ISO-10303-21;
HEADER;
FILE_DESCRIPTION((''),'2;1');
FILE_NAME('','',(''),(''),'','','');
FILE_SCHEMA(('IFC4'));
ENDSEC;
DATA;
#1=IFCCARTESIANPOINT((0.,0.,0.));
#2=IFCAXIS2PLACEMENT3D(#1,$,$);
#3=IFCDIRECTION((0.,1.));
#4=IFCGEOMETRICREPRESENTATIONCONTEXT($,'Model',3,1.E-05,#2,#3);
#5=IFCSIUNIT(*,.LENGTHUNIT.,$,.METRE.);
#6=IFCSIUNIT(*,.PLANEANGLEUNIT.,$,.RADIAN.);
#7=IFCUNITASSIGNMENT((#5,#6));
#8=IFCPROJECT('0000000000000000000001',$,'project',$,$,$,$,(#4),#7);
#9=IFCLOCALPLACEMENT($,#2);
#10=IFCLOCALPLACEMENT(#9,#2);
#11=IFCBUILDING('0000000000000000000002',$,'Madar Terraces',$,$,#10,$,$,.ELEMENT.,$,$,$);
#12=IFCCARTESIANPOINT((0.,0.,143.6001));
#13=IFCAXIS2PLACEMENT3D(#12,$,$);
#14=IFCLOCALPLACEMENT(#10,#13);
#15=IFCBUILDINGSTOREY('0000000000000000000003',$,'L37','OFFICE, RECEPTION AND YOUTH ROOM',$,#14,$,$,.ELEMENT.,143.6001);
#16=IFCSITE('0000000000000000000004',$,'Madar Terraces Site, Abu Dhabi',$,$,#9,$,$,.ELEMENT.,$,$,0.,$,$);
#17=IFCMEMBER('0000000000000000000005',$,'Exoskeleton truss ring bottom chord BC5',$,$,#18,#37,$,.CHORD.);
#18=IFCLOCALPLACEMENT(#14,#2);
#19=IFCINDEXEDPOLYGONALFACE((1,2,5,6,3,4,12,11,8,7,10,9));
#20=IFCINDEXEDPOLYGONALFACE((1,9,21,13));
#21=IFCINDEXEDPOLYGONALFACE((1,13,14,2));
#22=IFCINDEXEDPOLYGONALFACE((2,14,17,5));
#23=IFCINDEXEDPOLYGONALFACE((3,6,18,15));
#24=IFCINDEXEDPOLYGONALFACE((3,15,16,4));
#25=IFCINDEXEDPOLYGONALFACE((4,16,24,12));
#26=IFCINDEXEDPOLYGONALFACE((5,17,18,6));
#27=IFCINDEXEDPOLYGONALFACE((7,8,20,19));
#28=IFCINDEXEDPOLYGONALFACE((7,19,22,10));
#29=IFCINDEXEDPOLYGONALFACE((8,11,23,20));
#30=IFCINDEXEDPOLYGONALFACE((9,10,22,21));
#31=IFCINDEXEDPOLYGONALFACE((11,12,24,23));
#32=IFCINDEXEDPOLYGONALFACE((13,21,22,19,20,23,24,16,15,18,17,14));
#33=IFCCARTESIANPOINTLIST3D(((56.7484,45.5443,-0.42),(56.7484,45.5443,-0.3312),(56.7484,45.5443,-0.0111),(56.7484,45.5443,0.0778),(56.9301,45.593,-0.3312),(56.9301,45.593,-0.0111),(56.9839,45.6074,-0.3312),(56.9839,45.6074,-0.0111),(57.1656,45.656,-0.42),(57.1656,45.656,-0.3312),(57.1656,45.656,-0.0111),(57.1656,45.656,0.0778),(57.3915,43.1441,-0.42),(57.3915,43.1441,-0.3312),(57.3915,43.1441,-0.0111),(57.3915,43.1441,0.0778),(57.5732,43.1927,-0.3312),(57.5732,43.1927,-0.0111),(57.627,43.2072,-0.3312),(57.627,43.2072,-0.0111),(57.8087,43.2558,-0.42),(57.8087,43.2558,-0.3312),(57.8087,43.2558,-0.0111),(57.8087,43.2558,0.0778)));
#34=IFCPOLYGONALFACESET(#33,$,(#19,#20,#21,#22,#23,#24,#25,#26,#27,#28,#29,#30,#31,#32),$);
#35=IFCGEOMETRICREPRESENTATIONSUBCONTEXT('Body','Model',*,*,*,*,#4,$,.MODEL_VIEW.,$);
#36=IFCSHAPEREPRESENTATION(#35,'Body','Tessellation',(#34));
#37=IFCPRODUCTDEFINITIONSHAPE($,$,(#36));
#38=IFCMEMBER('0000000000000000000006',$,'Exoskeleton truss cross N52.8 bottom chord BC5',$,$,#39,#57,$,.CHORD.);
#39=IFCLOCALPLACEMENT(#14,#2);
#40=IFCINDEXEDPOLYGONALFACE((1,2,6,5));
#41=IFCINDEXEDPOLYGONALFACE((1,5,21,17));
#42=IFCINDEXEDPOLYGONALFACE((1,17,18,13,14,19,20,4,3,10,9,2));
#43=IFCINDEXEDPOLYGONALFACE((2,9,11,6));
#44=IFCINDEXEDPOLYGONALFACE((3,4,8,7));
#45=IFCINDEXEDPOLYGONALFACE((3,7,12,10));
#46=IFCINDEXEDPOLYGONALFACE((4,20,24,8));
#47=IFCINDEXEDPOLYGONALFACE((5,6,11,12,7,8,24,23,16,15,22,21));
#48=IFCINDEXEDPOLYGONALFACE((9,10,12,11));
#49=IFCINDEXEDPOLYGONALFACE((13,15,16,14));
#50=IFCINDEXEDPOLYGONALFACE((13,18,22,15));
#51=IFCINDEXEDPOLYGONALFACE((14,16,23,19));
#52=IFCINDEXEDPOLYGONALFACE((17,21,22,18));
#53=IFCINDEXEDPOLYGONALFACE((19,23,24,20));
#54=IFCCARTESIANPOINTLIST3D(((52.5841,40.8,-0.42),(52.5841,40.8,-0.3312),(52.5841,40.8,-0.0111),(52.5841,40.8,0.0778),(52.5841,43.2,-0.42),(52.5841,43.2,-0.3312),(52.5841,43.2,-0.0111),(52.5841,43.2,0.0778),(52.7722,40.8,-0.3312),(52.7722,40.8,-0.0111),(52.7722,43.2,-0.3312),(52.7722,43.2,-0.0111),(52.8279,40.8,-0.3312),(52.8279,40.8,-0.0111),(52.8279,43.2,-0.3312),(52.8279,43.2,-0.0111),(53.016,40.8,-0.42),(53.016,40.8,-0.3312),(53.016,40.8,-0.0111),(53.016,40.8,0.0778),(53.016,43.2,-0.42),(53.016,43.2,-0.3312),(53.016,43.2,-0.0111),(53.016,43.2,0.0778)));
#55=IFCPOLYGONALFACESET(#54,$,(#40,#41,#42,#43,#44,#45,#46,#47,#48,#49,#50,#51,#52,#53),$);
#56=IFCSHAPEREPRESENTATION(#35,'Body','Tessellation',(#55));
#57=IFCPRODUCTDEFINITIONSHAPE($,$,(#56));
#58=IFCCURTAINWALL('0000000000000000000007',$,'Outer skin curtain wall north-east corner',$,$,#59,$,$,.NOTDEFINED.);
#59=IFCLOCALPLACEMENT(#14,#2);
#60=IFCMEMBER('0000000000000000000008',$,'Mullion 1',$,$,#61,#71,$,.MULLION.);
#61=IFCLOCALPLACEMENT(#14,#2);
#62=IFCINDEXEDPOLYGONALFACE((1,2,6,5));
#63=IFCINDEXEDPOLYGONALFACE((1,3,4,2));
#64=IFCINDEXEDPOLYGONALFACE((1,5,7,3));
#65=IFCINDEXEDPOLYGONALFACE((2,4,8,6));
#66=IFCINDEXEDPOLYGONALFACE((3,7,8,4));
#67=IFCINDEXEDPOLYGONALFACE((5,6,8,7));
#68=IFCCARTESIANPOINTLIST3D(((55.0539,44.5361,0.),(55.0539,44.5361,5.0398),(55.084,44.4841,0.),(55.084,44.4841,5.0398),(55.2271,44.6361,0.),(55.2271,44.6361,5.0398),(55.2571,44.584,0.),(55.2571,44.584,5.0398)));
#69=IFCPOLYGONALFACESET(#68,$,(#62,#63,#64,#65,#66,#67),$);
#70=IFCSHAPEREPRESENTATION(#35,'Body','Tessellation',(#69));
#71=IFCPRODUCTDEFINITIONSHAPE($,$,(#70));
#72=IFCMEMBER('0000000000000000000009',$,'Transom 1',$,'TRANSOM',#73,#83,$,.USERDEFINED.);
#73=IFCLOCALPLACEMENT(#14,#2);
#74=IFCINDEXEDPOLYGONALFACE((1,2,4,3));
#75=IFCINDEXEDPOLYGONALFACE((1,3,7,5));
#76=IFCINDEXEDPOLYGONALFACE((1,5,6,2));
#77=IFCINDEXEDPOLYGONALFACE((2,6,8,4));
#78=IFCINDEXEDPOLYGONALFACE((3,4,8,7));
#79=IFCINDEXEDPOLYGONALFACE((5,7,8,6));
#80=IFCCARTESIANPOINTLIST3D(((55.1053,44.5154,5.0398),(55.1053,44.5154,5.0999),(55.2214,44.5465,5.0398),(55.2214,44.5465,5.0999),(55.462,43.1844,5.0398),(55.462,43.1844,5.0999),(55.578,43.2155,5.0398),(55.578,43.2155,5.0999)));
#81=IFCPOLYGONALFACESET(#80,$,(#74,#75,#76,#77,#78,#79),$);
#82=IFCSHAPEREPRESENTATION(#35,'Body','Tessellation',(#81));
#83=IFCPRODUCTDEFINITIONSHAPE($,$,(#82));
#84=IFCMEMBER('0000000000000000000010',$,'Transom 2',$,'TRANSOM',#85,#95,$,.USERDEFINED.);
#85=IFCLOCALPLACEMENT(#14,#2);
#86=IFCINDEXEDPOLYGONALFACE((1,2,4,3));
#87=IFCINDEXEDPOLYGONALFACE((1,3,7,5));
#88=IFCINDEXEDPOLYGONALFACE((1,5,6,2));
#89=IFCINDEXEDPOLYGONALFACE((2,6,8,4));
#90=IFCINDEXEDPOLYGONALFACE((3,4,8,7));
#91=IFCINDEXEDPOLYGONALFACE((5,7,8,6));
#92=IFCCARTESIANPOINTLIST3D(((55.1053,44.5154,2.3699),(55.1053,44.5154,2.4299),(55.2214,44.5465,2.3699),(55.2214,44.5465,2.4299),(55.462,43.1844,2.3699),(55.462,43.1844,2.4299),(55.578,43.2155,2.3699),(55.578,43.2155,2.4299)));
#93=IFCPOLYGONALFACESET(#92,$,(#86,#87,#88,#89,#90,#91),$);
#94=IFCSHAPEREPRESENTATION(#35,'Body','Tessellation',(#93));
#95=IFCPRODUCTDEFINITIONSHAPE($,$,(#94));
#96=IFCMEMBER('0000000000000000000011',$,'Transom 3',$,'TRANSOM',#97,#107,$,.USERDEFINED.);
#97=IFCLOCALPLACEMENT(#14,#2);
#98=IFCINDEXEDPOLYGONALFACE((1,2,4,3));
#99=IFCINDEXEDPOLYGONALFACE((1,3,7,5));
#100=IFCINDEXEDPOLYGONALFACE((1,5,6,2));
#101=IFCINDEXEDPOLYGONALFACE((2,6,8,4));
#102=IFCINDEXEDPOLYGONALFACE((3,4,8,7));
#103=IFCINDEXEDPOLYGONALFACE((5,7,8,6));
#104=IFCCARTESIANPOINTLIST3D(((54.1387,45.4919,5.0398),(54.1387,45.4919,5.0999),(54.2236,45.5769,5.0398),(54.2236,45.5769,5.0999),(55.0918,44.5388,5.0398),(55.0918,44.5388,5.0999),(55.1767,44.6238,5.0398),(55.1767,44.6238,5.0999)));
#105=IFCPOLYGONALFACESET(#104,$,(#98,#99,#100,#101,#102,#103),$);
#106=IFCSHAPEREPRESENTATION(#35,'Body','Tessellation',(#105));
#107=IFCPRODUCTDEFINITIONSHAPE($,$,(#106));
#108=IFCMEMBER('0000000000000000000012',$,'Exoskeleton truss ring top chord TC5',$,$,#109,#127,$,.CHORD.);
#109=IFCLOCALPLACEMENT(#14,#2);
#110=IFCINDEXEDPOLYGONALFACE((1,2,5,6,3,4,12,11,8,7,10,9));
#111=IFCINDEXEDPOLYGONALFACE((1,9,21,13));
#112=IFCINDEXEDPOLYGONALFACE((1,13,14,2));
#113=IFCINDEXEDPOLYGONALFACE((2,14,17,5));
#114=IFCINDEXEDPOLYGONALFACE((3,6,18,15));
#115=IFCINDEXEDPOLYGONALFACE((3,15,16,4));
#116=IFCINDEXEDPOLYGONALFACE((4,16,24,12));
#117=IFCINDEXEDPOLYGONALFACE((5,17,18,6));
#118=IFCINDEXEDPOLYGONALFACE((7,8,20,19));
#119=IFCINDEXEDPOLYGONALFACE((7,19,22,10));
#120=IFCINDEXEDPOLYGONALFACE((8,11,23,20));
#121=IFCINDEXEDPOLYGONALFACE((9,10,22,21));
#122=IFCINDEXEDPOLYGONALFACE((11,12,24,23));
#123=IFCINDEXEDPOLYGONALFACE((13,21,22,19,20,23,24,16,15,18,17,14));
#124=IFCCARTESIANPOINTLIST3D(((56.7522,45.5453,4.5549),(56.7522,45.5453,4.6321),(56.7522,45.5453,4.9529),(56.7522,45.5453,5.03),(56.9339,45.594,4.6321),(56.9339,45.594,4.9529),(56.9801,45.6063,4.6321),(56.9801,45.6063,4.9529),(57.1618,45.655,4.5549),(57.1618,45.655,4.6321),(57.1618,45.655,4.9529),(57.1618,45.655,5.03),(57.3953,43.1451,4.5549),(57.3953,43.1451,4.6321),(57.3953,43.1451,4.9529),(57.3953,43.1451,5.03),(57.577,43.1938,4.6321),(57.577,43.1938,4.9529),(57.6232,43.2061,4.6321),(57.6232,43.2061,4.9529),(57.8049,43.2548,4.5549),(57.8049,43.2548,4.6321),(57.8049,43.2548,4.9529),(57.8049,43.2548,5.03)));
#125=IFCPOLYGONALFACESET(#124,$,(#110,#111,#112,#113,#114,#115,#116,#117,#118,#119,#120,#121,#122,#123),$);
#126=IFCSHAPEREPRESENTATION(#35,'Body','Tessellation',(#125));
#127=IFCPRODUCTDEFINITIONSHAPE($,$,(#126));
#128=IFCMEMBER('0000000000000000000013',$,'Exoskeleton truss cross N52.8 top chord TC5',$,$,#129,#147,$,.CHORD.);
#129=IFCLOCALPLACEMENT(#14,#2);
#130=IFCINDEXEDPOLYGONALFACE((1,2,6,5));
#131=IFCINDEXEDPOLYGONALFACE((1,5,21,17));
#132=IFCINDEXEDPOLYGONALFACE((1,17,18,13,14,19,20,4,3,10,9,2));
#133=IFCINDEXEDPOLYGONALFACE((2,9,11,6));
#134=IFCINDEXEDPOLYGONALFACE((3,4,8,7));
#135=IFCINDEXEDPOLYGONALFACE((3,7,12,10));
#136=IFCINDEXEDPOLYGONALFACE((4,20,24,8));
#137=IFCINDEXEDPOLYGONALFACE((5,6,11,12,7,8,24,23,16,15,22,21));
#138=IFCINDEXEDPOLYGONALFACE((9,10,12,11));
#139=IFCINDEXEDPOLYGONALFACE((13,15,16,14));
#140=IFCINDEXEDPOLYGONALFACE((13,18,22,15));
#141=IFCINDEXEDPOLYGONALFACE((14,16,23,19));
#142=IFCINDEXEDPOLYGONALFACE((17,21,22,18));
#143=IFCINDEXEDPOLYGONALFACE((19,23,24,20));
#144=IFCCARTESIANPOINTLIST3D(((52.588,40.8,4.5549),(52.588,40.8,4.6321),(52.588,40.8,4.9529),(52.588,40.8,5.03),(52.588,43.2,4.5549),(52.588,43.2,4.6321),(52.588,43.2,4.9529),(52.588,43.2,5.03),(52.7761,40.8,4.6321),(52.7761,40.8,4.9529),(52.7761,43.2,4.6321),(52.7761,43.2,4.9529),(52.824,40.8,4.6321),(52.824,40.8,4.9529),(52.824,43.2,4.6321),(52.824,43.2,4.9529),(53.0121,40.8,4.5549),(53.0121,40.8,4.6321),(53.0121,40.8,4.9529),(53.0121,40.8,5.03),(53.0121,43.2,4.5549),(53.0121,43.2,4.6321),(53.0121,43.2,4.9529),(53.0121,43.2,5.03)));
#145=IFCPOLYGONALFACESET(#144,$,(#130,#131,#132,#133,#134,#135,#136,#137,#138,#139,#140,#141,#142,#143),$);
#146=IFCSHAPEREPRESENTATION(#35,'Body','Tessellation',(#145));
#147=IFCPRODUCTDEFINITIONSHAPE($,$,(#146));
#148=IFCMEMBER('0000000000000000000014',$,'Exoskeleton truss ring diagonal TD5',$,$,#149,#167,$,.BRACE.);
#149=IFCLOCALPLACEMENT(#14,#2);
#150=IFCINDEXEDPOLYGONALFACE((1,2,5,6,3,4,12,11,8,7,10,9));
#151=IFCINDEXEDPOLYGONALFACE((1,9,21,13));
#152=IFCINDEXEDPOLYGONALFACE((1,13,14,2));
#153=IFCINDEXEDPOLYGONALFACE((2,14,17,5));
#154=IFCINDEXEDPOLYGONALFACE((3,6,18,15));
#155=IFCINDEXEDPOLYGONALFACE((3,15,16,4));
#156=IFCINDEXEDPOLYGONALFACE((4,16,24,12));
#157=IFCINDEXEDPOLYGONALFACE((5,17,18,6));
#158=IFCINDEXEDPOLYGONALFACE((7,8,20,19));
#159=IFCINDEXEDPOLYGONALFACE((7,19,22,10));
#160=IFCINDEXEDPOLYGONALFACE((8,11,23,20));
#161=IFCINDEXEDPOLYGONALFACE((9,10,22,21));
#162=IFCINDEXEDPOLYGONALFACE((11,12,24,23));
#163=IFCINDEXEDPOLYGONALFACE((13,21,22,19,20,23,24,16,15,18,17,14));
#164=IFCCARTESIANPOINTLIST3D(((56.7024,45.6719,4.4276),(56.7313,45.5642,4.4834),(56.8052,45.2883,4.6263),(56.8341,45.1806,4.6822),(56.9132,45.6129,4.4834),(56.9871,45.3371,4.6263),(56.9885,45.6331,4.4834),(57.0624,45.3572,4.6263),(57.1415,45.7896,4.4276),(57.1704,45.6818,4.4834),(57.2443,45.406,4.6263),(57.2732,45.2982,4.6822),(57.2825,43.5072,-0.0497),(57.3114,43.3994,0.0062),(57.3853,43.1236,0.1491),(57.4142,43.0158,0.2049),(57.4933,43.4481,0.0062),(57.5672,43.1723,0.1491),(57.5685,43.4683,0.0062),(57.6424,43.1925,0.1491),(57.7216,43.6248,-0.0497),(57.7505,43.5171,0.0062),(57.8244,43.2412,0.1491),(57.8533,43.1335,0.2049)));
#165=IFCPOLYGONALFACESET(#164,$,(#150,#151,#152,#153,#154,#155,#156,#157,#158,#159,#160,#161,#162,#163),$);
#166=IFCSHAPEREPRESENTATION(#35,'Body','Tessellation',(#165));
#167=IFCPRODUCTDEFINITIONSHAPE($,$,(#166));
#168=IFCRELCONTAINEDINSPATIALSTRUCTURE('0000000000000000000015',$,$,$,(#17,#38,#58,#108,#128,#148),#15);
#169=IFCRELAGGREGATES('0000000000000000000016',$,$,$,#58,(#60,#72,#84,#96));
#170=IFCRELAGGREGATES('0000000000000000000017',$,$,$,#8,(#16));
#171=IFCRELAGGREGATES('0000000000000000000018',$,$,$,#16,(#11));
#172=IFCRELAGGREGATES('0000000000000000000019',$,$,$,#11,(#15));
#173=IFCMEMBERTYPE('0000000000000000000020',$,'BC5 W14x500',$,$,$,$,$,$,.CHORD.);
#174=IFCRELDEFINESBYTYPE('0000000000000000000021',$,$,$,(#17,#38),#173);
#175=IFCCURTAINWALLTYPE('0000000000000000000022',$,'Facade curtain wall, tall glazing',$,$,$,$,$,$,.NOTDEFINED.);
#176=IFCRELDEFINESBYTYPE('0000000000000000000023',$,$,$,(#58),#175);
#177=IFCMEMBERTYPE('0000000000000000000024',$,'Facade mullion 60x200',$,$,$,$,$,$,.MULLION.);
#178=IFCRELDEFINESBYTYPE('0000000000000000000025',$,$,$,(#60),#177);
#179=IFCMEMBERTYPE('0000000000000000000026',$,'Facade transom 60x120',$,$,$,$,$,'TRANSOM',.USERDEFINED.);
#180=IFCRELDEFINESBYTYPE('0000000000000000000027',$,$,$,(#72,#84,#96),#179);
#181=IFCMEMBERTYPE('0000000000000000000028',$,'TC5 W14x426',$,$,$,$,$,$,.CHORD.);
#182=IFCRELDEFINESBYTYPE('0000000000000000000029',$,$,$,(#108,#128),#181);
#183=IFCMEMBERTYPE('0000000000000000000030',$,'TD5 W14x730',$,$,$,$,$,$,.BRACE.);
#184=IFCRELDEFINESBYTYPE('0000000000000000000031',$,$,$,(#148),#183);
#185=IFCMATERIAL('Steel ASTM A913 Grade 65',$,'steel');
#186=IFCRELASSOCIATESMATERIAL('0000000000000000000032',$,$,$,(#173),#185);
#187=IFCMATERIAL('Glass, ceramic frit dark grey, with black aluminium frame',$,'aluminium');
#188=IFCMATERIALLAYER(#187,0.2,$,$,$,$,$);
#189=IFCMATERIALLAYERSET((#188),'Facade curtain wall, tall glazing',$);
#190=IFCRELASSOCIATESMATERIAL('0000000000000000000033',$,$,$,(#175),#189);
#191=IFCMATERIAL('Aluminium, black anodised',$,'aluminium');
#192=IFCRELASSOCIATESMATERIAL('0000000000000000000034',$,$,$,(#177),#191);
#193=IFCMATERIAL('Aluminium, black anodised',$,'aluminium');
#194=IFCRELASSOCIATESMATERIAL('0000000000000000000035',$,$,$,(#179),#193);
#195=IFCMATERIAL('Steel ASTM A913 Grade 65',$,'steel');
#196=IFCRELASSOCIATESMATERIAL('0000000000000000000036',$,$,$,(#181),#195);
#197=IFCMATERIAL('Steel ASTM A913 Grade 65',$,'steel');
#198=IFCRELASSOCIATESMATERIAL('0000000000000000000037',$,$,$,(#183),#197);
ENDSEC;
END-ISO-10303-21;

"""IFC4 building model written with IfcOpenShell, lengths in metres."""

from ifc_helpers import new_model, si_unit, direction, frame, origin, origin_2d, place, context, subcontext, project, spatial, rectangle, i_section, extrude, material, layer, layer_set, material_profile, profile_set, type_object, element, aggregate, save


model = new_model("IFC4")

# Units and contexts
model_context = context("Model", 3, precision=1e-05, world=origin(), true_north=direction((0.0, 1.0)))
body_context = subcontext(model_context, "Body", "Model", "MODEL_VIEW")
ifc_project = project(units=[si_unit("LENGTHUNIT", "METRE"), si_unit("PLANEANGLEUNIT", "RADIAN")], contexts=[model_context])

# Site, building, storey
site_placement = place(None, origin())
site = spatial("IfcSite", under=ifc_project, at=site_placement, Name="Madar Terraces Site, Abu Dhabi", CompositionType="ELEMENT", RefElevation=0.0)
building_placement = place(site_placement, origin())
building = spatial("IfcBuilding", under=site, at=building_placement, Name="Madar Terraces", CompositionType="ELEMENT")
storey_placement = place(building_placement, frame((0.0, 0.0, 143.6001)))
storey = spatial("IfcBuildingStorey", under=building, at=storey_placement, Name="L37", Description="OFFICE, RECEPTION AND YOUTH ROOM", CompositionType="ELEMENT", Elevation=143.6001)

# Members
ifc_material_1 = material(Name="Steel ASTM A913 Grade 65", Category="steel")
ifc_material_profile_1 = material_profile(ifc_material_1, i_section(OverallWidth=0.4319, OverallDepth=0.4978, WebThickness=0.0557, FlangeThickness=0.0889, at=origin_2d()), Name="W14x500")
ifc_profile_set_1 = profile_set([ifc_material_profile_1], Name="Steel ASTM A913 Grade 65")
member_type_1 = type_object("IfcMemberType", Name="BC5 W14x500", PredefinedType="CHORD", material=ifc_profile_set_1)
member_1_placement = place(storey_placement, frame((57.6001, 43.2, -0.1711), z_axis=(-0.2588, 0.965931, 0.0), x_axis=(-0.965931, -0.2588, 0.0)))
element("IfcMember", 1, at=member_1_placement, inside=storey, type_object=member_type_1, Name="Exoskeleton truss ring bottom chord BC5", PredefinedType="CHORD", context=body_context, shape_type="SweptSolid", body=[
    extrude(i_section(OverallWidth=0.4319, OverallDepth=0.4978, WebThickness=0.0557, FlangeThickness=0.0889, at=origin_2d()), origin(), (0.0, 0.0, 1.0), 2.4849),
])
member_2_placement = place(storey_placement, frame((52.8, 43.2, -0.1711), z_axis=(0.0, -1.0, 0.0), x_axis=(1.0, 0.0, 0.0)))
element("IfcMember", 2, at=member_2_placement, inside=storey, type_object=member_type_1, Name="Exoskeleton truss cross N52.8 bottom chord BC5", PredefinedType="CHORD", context=body_context, shape_type="SweptSolid", body=[
    extrude(i_section(OverallWidth=0.4319, OverallDepth=0.4978, WebThickness=0.0557, FlangeThickness=0.0889, at=origin_2d()), origin(), (0.0, 0.0, 1.0), 2.3999),
])

# Curtain wall, members
ifc_material_2 = material(Name="Glass, ceramic frit dark grey, with black aluminium frame", Category="aluminium")
ifc_layer_1 = layer(ifc_material_2, 0.2)
ifc_layer_set_1 = layer_set([ifc_layer_1], Name="Facade curtain wall, tall glazing")
curtain_wall_type = type_object("IfcCurtainWallType", Name="Facade curtain wall, tall glazing", PredefinedType="NOTDEFINED", material=ifc_layer_set_1)
curtain_wall_1_placement = place(storey_placement, origin())
curtain_wall_1 = element("IfcCurtainWall", 3, at=curtain_wall_1_placement, inside=storey, type_object=curtain_wall_type, Name="Outer skin curtain wall north-east corner", PredefinedType="NOTDEFINED")
ifc_material_3 = material(Name="Aluminium, black anodised", Category="aluminium")
ifc_material_profile_2 = material_profile(ifc_material_3, rectangle(XDim=0.2, YDim=0.0601, at=origin_2d()), Name="Facade mullion 60x200")
ifc_profile_set_2 = profile_set([ifc_material_profile_2], Name="Aluminium, black anodised")
member_type_2 = type_object("IfcMemberType", Name="Facade mullion 60x200", PredefinedType="MULLION", material=ifc_profile_set_2)
member_3_placement = place(storey_placement, frame((55.1555, 44.5601, 0.0), z_axis=(0.0, 0.0, 1.0), x_axis=(-0.866025, -0.5, 0.0)))
member_3 = element("IfcMember", 4, at=member_3_placement, type_object=member_type_2, Name="Mullion 1", PredefinedType="MULLION", context=body_context, shape_type="SweptSolid", body=[
    extrude(rectangle(XDim=0.2, YDim=0.0601, at=origin_2d()), origin(), (0.0, 0.0, 1.0), 5.0398),
])
ifc_material_4 = material(Name="Aluminium, black anodised", Category="aluminium")
ifc_material_profile_3 = material_profile(ifc_material_4, rectangle(XDim=0.1201, YDim=0.0601, at=origin_2d()), Name="Facade transom 60x120")
ifc_profile_set_3 = profile_set([ifc_material_profile_3], Name="Aluminium, black anodised")
member_type_3 = type_object("IfcMemberType", Name="Facade transom 60x120", ElementType="TRANSOM", PredefinedType="USERDEFINED", material=ifc_profile_set_3)
member_4_placement = place(storey_placement, frame((55.52, 43.2, 5.0698), z_axis=(-0.258842, 0.96592, 0.0), x_axis=(-0.96592, -0.258842, 0.0)))
member_4 = element("IfcMember", 5, at=member_4_placement, type_object=member_type_3, Name="Transom 1", ObjectType="TRANSOM", PredefinedType="USERDEFINED", context=body_context, shape_type="SweptSolid", body=[
    extrude(rectangle(XDim=0.1201, YDim=0.0601, at=origin_2d()), origin(), (0.0, 0.0, 1.0), 1.3779),
])
member_5_placement = place(storey_placement, frame((55.52, 43.2, 2.3999), z_axis=(-0.258842, 0.96592, 0.0), x_axis=(-0.96592, -0.258842, 0.0)))
member_5 = element("IfcMember", 6, at=member_5_placement, type_object=member_type_3, Name="Transom 2", ObjectType="TRANSOM", PredefinedType="USERDEFINED", context=body_context, shape_type="SweptSolid", body=[
    extrude(rectangle(XDim=0.1201, YDim=0.0601, at=origin_2d()), origin(), (0.0, 0.0, 1.0), 1.3779),
])
member_6_placement = place(storey_placement, frame((55.1343, 44.5813, 5.0698), z_axis=(-0.707107, 0.707107, 0.0), x_axis=(-0.707107, -0.707107, 0.0)))
member_6 = element("IfcMember", 7, at=member_6_placement, type_object=member_type_3, Name="Transom 3", ObjectType="TRANSOM", PredefinedType="USERDEFINED", context=body_context, shape_type="SweptSolid", body=[
    extrude(rectangle(XDim=0.1201, YDim=0.0601, at=origin_2d()), origin(), (0.0, 0.0, 1.0), 1.3479),
])

# Members
ifc_material_5 = material(Name="Steel ASTM A913 Grade 65", Category="steel")
ifc_material_profile_4 = material_profile(ifc_material_5, i_section(OverallWidth=0.4241, OverallDepth=0.4751, WebThickness=0.0479, FlangeThickness=0.0771, at=origin_2d()), Name="W14x426")
ifc_profile_set_4 = profile_set([ifc_material_profile_4], Name="Steel ASTM A913 Grade 65")
member_type_4 = type_object("IfcMemberType", Name="TC5 W14x426", PredefinedType="CHORD", material=ifc_profile_set_4)
member_7_placement = place(storey_placement, frame((57.6001, 43.2, 4.7925), z_axis=(-0.2588, 0.965931, 0.0), x_axis=(-0.965931, -0.2588, 0.0)))
element("IfcMember", 8, at=member_7_placement, inside=storey, type_object=member_type_4, Name="Exoskeleton truss ring top chord TC5", PredefinedType="CHORD", context=body_context, shape_type="SweptSolid", body=[
    extrude(i_section(OverallWidth=0.4241, OverallDepth=0.4751, WebThickness=0.0479, FlangeThickness=0.0771, at=origin_2d()), origin(), (0.0, 0.0, 1.0), 2.4849),
])
member_8_placement = place(storey_placement, frame((52.8, 43.2, 4.7925), z_axis=(0.0, -1.0, 0.0), x_axis=(1.0, 0.0, 0.0)))
element("IfcMember", 9, at=member_8_placement, inside=storey, type_object=member_type_4, Name="Exoskeleton truss cross N52.8 top chord TC5", PredefinedType="CHORD", context=body_context, shape_type="SweptSolid", body=[
    extrude(i_section(OverallWidth=0.4241, OverallDepth=0.4751, WebThickness=0.0479, FlangeThickness=0.0771, at=origin_2d()), origin(), (0.0, 0.0, 1.0), 2.3999),
])
ifc_material_6 = material(Name="Steel ASTM A913 Grade 65", Category="steel")
ifc_material_profile_5 = material_profile(ifc_material_6, i_section(OverallWidth=0.4546, OverallDepth=0.5688, WebThickness=0.0779, FlangeThickness=0.1248, at=origin_2d()), Name="W14x730")
ifc_profile_set_5 = profile_set([ifc_material_profile_5], Name="Steel ASTM A913 Grade 65")
member_type_5 = type_object("IfcMemberType", Name="TD5 W14x730", PredefinedType="BRACE", material=ifc_profile_set_5)
member_9_placement = place(storey_placement, frame((57.5679, 43.3203, 0.0776), z_axis=(-0.115856, 0.432363, 0.894226), x_axis=(-0.965923, -0.258829, 0.0)))
element("IfcMember", 10, at=member_9_placement, inside=storey, type_object=member_type_5, Name="Exoskeleton truss ring diagonal TD5", PredefinedType="BRACE", context=body_context, shape_type="SweptSolid", body=[
    extrude(i_section(OverallWidth=0.4546, OverallDepth=0.5688, WebThickness=0.0779, FlangeThickness=0.1248, at=origin_2d()), origin(), (0.0, 0.0, 1.0), 5.0068),
])

aggregate(curtain_wall_1, [member_3, member_4, member_5, member_6])

save(model, "model.ifc")
